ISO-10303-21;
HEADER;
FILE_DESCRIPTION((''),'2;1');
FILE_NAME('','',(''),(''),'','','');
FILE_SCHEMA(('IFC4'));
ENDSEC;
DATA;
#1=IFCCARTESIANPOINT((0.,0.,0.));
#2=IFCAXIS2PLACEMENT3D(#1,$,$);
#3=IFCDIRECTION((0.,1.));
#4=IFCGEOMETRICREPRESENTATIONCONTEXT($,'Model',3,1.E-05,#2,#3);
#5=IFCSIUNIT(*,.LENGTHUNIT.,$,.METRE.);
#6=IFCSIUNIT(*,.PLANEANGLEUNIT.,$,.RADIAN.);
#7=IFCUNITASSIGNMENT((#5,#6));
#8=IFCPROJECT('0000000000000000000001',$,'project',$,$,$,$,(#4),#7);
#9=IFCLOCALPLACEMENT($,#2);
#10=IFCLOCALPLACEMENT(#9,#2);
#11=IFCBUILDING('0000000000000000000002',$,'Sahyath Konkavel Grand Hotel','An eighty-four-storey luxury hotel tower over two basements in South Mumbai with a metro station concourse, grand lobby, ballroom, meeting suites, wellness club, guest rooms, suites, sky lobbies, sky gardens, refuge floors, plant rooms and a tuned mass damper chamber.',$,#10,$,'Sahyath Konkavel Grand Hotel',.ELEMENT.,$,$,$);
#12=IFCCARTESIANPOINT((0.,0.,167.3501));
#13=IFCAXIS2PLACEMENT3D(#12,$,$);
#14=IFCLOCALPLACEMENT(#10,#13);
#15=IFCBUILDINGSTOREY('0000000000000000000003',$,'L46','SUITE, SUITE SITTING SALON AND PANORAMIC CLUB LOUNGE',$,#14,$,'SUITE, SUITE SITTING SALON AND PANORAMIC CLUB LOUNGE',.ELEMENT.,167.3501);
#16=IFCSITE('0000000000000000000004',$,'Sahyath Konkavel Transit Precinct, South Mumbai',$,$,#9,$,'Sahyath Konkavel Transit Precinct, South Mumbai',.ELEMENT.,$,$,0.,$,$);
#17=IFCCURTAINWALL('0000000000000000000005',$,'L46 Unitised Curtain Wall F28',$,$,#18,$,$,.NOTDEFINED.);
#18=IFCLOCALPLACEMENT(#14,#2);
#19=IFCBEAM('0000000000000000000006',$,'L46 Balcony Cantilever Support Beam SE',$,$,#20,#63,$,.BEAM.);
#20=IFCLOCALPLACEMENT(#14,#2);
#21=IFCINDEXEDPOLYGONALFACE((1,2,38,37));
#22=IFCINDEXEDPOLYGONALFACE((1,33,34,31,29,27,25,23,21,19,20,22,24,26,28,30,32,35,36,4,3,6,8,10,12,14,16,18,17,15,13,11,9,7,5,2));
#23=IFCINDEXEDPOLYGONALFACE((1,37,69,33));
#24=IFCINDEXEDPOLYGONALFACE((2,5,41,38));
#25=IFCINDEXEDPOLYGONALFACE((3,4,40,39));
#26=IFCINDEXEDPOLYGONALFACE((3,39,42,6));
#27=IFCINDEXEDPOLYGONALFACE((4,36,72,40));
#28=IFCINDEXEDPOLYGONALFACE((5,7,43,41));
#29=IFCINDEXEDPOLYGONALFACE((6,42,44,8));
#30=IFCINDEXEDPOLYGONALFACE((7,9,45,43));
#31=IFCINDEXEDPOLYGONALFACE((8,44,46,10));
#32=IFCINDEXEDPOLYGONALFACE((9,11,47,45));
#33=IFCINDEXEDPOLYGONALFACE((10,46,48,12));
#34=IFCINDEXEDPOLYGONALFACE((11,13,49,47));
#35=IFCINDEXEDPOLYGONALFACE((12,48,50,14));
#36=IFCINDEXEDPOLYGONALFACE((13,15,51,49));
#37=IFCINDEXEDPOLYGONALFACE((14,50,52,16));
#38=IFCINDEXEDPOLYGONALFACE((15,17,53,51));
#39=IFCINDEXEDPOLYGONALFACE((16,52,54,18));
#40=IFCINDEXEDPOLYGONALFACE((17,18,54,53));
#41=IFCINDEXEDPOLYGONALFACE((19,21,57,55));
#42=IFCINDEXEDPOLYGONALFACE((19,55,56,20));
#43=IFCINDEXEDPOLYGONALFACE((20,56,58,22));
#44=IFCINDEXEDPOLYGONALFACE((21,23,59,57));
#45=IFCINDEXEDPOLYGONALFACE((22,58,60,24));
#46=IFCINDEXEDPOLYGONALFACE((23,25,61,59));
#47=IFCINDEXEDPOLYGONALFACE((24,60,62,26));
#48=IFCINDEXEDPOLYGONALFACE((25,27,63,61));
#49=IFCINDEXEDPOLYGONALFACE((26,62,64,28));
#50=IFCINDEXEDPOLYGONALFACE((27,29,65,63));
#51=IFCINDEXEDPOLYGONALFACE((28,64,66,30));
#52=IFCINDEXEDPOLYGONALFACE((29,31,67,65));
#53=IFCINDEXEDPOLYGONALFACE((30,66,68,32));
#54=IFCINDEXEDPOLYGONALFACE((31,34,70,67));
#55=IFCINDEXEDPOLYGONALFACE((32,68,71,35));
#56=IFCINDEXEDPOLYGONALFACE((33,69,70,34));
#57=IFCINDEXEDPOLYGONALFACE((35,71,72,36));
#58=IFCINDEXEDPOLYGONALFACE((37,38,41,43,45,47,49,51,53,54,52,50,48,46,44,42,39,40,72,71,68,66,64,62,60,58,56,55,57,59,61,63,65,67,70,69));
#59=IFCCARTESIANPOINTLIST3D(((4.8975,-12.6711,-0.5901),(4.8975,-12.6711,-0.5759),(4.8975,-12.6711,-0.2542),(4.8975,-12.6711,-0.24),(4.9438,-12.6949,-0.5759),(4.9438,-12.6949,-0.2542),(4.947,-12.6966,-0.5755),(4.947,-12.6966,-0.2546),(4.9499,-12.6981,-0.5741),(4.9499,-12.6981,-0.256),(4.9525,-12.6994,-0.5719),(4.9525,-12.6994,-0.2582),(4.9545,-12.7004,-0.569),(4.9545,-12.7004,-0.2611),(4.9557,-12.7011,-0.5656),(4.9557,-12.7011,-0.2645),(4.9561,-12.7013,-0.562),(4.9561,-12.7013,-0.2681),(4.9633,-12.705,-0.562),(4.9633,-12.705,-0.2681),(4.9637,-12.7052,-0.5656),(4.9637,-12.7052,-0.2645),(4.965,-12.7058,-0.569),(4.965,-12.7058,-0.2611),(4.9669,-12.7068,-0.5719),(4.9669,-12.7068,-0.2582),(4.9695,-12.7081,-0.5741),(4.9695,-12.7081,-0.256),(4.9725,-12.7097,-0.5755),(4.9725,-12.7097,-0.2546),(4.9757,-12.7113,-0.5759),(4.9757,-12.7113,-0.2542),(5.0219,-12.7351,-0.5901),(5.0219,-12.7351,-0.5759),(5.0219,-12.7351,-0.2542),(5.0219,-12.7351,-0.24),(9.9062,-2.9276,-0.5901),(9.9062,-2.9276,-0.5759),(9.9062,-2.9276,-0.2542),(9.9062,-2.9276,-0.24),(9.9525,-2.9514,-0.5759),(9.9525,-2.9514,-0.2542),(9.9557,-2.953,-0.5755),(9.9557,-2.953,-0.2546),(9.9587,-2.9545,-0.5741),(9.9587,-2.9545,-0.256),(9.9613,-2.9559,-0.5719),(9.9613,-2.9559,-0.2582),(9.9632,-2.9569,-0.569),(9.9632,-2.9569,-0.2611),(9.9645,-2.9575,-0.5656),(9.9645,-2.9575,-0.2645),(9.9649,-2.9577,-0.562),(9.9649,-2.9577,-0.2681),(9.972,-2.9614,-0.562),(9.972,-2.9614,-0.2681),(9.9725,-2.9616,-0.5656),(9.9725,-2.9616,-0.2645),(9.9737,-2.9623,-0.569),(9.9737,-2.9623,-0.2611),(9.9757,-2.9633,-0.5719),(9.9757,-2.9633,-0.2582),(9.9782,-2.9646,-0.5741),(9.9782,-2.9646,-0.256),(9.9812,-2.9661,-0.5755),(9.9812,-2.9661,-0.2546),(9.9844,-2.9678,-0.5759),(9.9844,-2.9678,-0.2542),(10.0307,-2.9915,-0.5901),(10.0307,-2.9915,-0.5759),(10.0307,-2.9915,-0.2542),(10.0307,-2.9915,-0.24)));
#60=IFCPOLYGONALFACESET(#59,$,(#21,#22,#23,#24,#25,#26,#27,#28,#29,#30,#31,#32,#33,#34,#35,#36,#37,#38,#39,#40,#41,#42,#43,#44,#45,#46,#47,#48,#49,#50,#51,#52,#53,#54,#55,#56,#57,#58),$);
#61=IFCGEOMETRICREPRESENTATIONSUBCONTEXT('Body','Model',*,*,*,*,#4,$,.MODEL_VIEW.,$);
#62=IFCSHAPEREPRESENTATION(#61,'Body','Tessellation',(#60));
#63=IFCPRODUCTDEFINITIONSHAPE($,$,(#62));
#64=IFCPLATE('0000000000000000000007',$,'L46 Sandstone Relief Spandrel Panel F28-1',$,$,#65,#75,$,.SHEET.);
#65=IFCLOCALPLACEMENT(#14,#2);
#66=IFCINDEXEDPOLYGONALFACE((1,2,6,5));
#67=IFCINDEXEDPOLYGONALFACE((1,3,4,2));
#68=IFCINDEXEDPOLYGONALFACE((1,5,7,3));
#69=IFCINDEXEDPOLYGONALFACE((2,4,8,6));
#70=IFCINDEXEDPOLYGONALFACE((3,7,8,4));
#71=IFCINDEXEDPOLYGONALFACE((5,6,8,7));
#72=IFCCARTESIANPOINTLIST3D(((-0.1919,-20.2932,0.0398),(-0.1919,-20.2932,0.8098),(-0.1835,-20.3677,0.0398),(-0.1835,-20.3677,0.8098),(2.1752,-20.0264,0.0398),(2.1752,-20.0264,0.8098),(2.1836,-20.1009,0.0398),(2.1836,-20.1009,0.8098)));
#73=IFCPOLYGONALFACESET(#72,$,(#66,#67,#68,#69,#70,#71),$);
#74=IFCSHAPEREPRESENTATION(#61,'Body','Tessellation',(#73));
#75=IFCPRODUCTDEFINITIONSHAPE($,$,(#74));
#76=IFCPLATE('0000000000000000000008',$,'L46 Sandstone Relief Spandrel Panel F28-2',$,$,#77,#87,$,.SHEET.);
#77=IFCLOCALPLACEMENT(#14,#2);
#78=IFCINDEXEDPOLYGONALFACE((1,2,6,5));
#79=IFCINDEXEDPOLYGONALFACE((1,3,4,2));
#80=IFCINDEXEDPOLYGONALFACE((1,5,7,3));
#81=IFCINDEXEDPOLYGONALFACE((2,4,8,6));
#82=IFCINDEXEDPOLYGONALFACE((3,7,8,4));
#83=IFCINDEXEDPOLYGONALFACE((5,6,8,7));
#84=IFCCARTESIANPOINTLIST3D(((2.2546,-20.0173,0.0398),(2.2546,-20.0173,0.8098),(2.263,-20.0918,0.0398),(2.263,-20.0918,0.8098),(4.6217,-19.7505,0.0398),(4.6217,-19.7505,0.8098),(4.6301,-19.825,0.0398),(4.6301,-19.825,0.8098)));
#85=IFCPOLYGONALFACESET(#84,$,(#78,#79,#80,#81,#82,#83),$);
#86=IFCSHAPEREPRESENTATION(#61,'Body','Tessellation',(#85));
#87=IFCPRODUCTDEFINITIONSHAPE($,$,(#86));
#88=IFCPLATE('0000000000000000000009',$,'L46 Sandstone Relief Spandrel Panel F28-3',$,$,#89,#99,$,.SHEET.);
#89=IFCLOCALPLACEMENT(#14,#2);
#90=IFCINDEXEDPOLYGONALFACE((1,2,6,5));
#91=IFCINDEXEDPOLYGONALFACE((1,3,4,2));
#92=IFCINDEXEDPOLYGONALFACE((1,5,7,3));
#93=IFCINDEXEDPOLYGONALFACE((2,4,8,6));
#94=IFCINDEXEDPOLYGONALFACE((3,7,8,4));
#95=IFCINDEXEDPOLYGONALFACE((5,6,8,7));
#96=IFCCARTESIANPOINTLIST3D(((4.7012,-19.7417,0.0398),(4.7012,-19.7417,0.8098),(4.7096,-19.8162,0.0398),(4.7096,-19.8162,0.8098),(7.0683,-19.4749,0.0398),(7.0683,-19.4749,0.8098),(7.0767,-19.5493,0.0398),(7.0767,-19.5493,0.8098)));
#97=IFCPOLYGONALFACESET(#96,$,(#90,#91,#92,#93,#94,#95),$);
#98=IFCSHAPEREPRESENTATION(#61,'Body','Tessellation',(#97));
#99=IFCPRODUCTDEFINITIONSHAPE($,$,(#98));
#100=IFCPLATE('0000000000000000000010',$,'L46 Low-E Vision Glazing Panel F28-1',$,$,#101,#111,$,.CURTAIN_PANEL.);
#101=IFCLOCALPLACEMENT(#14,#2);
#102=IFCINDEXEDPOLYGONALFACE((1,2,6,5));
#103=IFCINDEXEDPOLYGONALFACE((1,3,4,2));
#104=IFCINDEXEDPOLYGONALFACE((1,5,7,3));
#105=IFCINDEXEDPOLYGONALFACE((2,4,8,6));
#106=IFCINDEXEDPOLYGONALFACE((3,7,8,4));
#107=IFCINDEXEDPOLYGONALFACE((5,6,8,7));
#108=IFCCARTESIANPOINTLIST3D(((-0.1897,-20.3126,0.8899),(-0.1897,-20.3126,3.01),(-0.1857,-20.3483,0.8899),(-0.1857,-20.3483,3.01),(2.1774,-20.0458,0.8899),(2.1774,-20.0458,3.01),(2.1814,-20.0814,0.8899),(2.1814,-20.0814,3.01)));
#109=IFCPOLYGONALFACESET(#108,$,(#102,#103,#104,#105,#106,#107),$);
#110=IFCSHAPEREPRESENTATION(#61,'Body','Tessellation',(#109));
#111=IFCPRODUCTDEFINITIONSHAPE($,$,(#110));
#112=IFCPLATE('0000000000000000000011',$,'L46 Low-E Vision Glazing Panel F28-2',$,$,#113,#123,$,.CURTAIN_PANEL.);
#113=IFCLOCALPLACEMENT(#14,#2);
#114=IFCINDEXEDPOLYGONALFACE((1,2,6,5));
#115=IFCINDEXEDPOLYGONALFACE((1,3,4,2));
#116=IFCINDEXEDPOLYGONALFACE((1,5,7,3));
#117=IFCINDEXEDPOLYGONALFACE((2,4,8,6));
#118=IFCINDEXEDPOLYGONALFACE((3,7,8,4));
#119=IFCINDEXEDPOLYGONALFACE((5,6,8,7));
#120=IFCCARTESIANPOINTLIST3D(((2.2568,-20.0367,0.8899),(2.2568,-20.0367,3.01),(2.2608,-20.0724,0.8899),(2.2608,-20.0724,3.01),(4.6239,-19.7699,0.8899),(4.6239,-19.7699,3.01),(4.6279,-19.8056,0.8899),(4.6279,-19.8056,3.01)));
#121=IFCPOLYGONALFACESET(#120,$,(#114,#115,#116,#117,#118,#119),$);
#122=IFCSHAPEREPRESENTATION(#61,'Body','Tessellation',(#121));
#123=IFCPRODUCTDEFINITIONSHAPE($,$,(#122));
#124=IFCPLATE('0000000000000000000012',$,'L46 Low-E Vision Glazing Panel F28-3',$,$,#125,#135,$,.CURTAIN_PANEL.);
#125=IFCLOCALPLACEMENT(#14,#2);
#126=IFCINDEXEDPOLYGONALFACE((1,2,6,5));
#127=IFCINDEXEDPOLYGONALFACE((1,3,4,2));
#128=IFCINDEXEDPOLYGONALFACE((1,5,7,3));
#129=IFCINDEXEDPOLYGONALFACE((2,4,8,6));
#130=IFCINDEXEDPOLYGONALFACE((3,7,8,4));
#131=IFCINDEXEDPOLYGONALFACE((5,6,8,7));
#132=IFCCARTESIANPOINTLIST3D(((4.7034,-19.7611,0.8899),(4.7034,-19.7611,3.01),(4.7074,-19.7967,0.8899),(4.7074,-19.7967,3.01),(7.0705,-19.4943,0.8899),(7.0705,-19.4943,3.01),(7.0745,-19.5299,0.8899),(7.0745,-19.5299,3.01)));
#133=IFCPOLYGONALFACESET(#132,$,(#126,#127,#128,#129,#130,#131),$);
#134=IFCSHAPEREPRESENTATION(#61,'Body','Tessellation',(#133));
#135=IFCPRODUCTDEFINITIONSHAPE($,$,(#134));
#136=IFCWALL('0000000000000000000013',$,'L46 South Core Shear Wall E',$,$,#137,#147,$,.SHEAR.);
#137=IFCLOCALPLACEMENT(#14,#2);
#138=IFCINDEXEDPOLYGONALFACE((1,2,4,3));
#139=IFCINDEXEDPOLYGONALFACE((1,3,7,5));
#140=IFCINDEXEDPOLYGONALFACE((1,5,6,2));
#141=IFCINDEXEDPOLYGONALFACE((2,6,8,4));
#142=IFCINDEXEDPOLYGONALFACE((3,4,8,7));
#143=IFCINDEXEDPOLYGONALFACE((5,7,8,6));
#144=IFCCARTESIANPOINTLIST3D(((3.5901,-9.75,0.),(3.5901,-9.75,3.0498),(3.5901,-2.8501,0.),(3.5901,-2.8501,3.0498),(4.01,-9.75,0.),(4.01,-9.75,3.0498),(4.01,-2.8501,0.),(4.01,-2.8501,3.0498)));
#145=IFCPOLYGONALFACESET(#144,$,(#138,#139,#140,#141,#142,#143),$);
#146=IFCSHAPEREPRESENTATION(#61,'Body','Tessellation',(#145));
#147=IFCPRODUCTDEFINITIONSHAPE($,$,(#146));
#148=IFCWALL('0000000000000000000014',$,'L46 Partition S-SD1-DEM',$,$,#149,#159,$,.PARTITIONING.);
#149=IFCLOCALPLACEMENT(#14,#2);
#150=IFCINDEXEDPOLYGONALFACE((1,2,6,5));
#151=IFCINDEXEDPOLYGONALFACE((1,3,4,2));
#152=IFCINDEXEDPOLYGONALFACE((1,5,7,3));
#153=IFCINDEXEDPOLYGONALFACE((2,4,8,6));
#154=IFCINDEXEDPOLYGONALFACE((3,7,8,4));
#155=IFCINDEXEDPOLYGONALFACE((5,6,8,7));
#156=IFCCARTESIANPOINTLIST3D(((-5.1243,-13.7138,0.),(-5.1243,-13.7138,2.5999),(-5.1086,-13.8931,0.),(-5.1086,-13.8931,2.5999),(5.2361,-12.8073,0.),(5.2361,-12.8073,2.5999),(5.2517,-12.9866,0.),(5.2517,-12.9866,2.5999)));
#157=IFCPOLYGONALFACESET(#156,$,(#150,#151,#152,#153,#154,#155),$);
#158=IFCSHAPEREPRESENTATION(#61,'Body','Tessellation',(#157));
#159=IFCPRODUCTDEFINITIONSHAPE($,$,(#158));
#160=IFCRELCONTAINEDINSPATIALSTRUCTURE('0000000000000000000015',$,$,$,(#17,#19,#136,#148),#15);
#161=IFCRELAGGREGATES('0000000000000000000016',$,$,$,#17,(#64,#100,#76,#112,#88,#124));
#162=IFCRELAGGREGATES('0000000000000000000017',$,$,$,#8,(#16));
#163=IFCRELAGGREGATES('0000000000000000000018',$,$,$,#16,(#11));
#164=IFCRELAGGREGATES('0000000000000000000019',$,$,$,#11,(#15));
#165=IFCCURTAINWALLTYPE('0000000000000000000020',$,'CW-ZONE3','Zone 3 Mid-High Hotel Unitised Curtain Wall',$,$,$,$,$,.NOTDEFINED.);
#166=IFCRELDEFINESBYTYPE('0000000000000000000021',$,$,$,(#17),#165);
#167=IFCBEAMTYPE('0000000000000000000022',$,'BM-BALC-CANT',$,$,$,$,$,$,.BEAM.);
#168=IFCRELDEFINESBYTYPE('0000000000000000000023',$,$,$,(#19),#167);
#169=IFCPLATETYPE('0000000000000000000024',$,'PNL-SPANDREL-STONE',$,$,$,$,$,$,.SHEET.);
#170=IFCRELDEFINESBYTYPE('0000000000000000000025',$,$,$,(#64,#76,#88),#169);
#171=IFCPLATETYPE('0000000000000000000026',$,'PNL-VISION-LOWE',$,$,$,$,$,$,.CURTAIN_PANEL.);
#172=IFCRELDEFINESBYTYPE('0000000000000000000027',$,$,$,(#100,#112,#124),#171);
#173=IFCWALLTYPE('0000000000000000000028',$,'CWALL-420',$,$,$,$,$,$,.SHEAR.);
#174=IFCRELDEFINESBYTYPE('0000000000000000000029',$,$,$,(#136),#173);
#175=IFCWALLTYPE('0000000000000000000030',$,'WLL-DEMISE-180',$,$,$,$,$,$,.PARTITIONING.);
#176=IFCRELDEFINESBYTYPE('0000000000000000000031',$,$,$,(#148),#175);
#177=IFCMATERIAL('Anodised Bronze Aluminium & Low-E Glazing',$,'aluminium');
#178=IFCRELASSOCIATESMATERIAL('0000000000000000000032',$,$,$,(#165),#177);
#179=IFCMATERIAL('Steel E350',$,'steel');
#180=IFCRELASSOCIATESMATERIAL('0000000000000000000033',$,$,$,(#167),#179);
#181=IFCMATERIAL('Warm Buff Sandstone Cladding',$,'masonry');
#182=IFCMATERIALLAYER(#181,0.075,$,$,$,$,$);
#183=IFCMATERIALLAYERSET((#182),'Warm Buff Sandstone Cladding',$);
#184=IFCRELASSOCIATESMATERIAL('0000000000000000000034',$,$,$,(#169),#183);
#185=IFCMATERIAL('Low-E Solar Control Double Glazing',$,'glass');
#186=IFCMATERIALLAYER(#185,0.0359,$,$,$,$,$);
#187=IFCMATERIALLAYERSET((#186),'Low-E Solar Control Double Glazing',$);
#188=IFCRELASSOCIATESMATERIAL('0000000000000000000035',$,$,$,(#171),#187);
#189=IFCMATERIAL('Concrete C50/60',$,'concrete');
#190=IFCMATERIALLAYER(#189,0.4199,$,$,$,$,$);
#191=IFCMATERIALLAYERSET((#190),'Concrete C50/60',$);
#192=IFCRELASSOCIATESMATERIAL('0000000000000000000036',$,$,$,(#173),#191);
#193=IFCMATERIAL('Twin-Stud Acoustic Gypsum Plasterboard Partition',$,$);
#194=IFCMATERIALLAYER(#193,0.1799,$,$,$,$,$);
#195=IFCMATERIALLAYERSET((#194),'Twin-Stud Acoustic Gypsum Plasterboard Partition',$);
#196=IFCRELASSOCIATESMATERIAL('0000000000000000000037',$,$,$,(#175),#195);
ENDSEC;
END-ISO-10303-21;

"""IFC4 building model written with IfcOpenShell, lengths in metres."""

from ifc_helpers import new_model, si_unit, direction, frame, frame_2d, origin, origin_2d, place, context, subcontext, project, spatial, rectangle, i_section, extrude, source, transform, mapped, material, layer, layer_set, material_profile, profile_set, type_object, element, aggregate, save


model = new_model("IFC4")

# Units and contexts
model_context = context("Model", 3, precision=1e-05, world=origin(), true_north=direction((0.0, 1.0)))
body_context = subcontext(model_context, "Body", "Model", "MODEL_VIEW")
ifc_project = project(units=[si_unit("LENGTHUNIT", "METRE"), si_unit("PLANEANGLEUNIT", "RADIAN")], contexts=[model_context])

# Site, building, storey
site_placement = place(None, origin())
site = spatial("IfcSite", under=ifc_project, at=site_placement, Name="Sahyath Konkavel Transit Precinct, South Mumbai", LongName="Sahyath Konkavel Transit Precinct, South Mumbai", CompositionType="ELEMENT", RefElevation=0.0)
building_placement = place(site_placement, origin())
building = spatial("IfcBuilding", under=site, at=building_placement, Name="Sahyath Konkavel Grand Hotel", Description="An eighty-four-storey luxury hotel tower over two basements in South Mumbai with a metro station concourse, grand lobby, ballroom, meeting suites, wellness club, guest rooms, suites, sky lobbies, sky gardens, refuge floors, plant rooms and a tuned mass damper chamber.", LongName="Sahyath Konkavel Grand Hotel", CompositionType="ELEMENT")
storey_placement = place(building_placement, frame((0.0, 0.0, 167.3501)))
storey = spatial("IfcBuildingStorey", under=building, at=storey_placement, Name="L46", Description="SUITE, SUITE SITTING SALON AND PANORAMIC CLUB LOUNGE", LongName="SUITE, SUITE SITTING SALON AND PANORAMIC CLUB LOUNGE", CompositionType="ELEMENT", Elevation=167.3501)

# Shared definitions
ifc_material_1 = material(Name="Concrete C50/60", Category="concrete")

# Shared definitions
ifc_material_2 = material(Name="Steel E350", Category="steel")

# Curtain wall
ifc_material_3 = material(Name="Anodised Bronze Aluminium & Low-E Glazing", Category="aluminium")
curtain_wall_type = type_object("IfcCurtainWallType", Name="CW-ZONE3", Description="Zone 3 Mid-High Hotel Unitised Curtain Wall", PredefinedType="NOTDEFINED", material=ifc_material_3)
curtain_wall_placement = place(storey_placement, origin())
curtain_wall = element("IfcCurtainWall", 1, at=curtain_wall_placement, inside=storey, type_object=curtain_wall_type, Name="L46 Unitised Curtain Wall F28", PredefinedType="NOTDEFINED")

# Beam
ifc_material_profile_1 = material_profile(ifc_material_2, i_section(OverallWidth=0.1399, OverallDepth=0.3501, WebThickness=0.0081, FlangeThickness=0.0142, FilletRadius=0.0139, at=origin_2d()), Name="ISMB 350")
ifc_profile_set_1 = profile_set([ifc_material_profile_1], Name="Steel E350")
beam_type_1 = type_object("IfcBeamType", Name="BM-BALC-CANT", PredefinedType="BEAM", material=ifc_profile_set_1)
shared_shape_1 = source(origin(), body_context, "Body", "SweptSolid", [
    extrude(i_section(OverallWidth=0.1399, OverallDepth=0.3501, WebThickness=0.0081, FlangeThickness=0.0142, FilletRadius=0.0139, at=origin_2d()), origin(), (0.0, 0.0, 1.0), 10.9556),
])
beam_1_placement = place(storey_placement, frame((4.9597, -12.7031, -0.415), z_axis=(0.457187, 0.889371, 0.0), x_axis=(-0.889371, 0.457187, 0.0)))
element("IfcBeam", 2, at=beam_1_placement, inside=storey, type_object=beam_type_1, Name="L46 Balcony Cantilever Support Beam SE", PredefinedType="BEAM", context=body_context, shape_type="MappedRepresentation", body=[
    mapped(shared_shape_1, transform((0.0, 0.0, 0.0), scale=1.0)),
])

# Plates
ifc_material_4 = material(Name="Warm Buff Sandstone Cladding", Category="masonry")
ifc_layer_1 = layer(ifc_material_4, 0.075)
ifc_layer_set_1 = layer_set([ifc_layer_1], Name="Warm Buff Sandstone Cladding")
plate_type_1 = type_object("IfcPlateType", Name="PNL-SPANDREL-STONE", PredefinedType="SHEET", material=ifc_layer_set_1)
shared_shape_2 = source(origin(), body_context, "Body", "SweptSolid", [
    extrude(rectangle(XDim=2.3821, YDim=0.075, at=origin_2d()), origin(), (0.0, 0.0, 1.0), 0.77),
])
plate_1_placement = place(storey_placement, frame((0.9958, -20.197, 0.0398), z_axis=(0.0, 0.0, 1.0), x_axis=(0.993707, 0.112007, 0.0)))
plate_1 = element("IfcPlate", 3, at=plate_1_placement, type_object=plate_type_1, Name="L46 Sandstone Relief Spandrel Panel F28-1", PredefinedType="SHEET", context=body_context, shape_type="MappedRepresentation", body=[
    mapped(shared_shape_2, transform((0.0, 0.0, 0.0), scale=1.0)),
])
plate_2_placement = place(storey_placement, frame((3.4424, -19.9211, 0.0398), z_axis=(0.0, 0.0, 1.0), x_axis=(0.993707, 0.112007, 0.0)))
plate_2 = element("IfcPlate", 4, at=plate_2_placement, type_object=plate_type_1, Name="L46 Sandstone Relief Spandrel Panel F28-2", PredefinedType="SHEET", context=body_context, shape_type="MappedRepresentation", body=[
    mapped(shared_shape_2, transform((0.0, 0.0, 0.0), scale=1.0)),
])
plate_3_placement = place(storey_placement, frame((5.8889, -19.6455, 0.0398), z_axis=(0.0, 0.0, 1.0), x_axis=(0.993707, 0.112007, 0.0)))
plate_3 = element("IfcPlate", 5, at=plate_3_placement, type_object=plate_type_1, Name="L46 Sandstone Relief Spandrel Panel F28-3", PredefinedType="SHEET", context=body_context, shape_type="MappedRepresentation", body=[
    mapped(shared_shape_2, transform((0.0, 0.0, 0.0), scale=1.0)),
])
ifc_material_5 = material(Name="Low-E Solar Control Double Glazing", Category="glass")
ifc_layer_2 = layer(ifc_material_5, 0.0359)
ifc_layer_set_2 = layer_set([ifc_layer_2], Name="Low-E Solar Control Double Glazing")
plate_type_2 = type_object("IfcPlateType", Name="PNL-VISION-LOWE", PredefinedType="CURTAIN_PANEL", material=ifc_layer_set_2)
shared_shape_3 = source(origin(), body_context, "Body", "SweptSolid", [
    extrude(rectangle(XDim=2.3821, YDim=0.0359, at=origin_2d()), origin(), (0.0, 0.0, 1.0), 2.1201),
])
plate_4_placement = place(storey_placement, frame((0.9958, -20.197, 0.8899), z_axis=(0.0, 0.0, 1.0), x_axis=(0.993707, 0.112007, 0.0)))
plate_4 = element("IfcPlate", 6, at=plate_4_placement, type_object=plate_type_2, Name="L46 Low-E Vision Glazing Panel F28-1", PredefinedType="CURTAIN_PANEL", context=body_context, shape_type="MappedRepresentation", body=[
    mapped(shared_shape_3, transform((0.0, 0.0, 0.0), scale=1.0)),
])
plate_5_placement = place(storey_placement, frame((3.4424, -19.9211, 0.8899), z_axis=(0.0, 0.0, 1.0), x_axis=(0.993707, 0.112007, 0.0)))
plate_5 = element("IfcPlate", 7, at=plate_5_placement, type_object=plate_type_2, Name="L46 Low-E Vision Glazing Panel F28-2", PredefinedType="CURTAIN_PANEL", context=body_context, shape_type="MappedRepresentation", body=[
    mapped(shared_shape_3, transform((0.0, 0.0, 0.0), scale=1.0)),
])
plate_6_placement = place(storey_placement, frame((5.8889, -19.6455, 0.8899), z_axis=(0.0, 0.0, 1.0), x_axis=(0.993707, 0.112007, 0.0)))
plate_6 = element("IfcPlate", 8, at=plate_6_placement, type_object=plate_type_2, Name="L46 Low-E Vision Glazing Panel F28-3", PredefinedType="CURTAIN_PANEL", context=body_context, shape_type="MappedRepresentation", body=[
    mapped(shared_shape_3, transform((0.0, 0.0, 0.0), scale=1.0)),
])
aggregate(curtain_wall, [plate_1, plate_4, plate_2, plate_5, plate_3, plate_6])

# Walls
ifc_layer_3 = layer(ifc_material_1, 0.4199)
ifc_layer_set_3 = layer_set([ifc_layer_3], Name="Concrete C50/60")
wall_type_1 = type_object("IfcWallType", Name="CWALL-420", PredefinedType="SHEAR", material=ifc_layer_set_3)
wall_1_placement = place(storey_placement, frame((3.8, -9.75, 0.0), z_axis=(0.0, 0.0, 1.0), x_axis=(0.0, 1.0, 0.0)))
element("IfcWall", 9, at=wall_1_placement, inside=storey, type_object=wall_type_1, Name="L46 South Core Shear Wall E", PredefinedType="SHEAR", context=body_context, shape_type="SweptSolid", body=[
    extrude(rectangle(XDim=6.8999, YDim=0.4199, at=frame_2d((3.45, 0.0))), origin(), (0.0, 0.0, 1.0), 3.0498),
])
ifc_material_6 = material(Name="Twin-Stud Acoustic Gypsum Plasterboard Partition")
ifc_layer_4 = layer(ifc_material_6, 0.1799)
ifc_layer_set_4 = layer_set([ifc_layer_4], Name="Twin-Stud Acoustic Gypsum Plasterboard Partition")
wall_type_2 = type_object("IfcWallType", Name="WLL-DEMISE-180", PredefinedType="PARTITIONING", material=ifc_layer_set_4)
wall_2_placement = place(storey_placement, frame((5.2439, -12.897, 0.0), z_axis=(0.0, 0.0, 1.0), x_axis=(-0.996194, -0.087163, 0.0)))
element("IfcWall", 10, at=wall_2_placement, inside=storey, type_object=wall_type_2, Name="L46 Partition S-SD1-DEM", PredefinedType="PARTITIONING", context=body_context, shape_type="SweptSolid", body=[
    extrude(rectangle(XDim=10.3999, YDim=0.1799, at=frame_2d((5.2, 0.0))), origin(), (0.0, 0.0, 1.0), 2.5999),
])

save(model, "model.ifc")
